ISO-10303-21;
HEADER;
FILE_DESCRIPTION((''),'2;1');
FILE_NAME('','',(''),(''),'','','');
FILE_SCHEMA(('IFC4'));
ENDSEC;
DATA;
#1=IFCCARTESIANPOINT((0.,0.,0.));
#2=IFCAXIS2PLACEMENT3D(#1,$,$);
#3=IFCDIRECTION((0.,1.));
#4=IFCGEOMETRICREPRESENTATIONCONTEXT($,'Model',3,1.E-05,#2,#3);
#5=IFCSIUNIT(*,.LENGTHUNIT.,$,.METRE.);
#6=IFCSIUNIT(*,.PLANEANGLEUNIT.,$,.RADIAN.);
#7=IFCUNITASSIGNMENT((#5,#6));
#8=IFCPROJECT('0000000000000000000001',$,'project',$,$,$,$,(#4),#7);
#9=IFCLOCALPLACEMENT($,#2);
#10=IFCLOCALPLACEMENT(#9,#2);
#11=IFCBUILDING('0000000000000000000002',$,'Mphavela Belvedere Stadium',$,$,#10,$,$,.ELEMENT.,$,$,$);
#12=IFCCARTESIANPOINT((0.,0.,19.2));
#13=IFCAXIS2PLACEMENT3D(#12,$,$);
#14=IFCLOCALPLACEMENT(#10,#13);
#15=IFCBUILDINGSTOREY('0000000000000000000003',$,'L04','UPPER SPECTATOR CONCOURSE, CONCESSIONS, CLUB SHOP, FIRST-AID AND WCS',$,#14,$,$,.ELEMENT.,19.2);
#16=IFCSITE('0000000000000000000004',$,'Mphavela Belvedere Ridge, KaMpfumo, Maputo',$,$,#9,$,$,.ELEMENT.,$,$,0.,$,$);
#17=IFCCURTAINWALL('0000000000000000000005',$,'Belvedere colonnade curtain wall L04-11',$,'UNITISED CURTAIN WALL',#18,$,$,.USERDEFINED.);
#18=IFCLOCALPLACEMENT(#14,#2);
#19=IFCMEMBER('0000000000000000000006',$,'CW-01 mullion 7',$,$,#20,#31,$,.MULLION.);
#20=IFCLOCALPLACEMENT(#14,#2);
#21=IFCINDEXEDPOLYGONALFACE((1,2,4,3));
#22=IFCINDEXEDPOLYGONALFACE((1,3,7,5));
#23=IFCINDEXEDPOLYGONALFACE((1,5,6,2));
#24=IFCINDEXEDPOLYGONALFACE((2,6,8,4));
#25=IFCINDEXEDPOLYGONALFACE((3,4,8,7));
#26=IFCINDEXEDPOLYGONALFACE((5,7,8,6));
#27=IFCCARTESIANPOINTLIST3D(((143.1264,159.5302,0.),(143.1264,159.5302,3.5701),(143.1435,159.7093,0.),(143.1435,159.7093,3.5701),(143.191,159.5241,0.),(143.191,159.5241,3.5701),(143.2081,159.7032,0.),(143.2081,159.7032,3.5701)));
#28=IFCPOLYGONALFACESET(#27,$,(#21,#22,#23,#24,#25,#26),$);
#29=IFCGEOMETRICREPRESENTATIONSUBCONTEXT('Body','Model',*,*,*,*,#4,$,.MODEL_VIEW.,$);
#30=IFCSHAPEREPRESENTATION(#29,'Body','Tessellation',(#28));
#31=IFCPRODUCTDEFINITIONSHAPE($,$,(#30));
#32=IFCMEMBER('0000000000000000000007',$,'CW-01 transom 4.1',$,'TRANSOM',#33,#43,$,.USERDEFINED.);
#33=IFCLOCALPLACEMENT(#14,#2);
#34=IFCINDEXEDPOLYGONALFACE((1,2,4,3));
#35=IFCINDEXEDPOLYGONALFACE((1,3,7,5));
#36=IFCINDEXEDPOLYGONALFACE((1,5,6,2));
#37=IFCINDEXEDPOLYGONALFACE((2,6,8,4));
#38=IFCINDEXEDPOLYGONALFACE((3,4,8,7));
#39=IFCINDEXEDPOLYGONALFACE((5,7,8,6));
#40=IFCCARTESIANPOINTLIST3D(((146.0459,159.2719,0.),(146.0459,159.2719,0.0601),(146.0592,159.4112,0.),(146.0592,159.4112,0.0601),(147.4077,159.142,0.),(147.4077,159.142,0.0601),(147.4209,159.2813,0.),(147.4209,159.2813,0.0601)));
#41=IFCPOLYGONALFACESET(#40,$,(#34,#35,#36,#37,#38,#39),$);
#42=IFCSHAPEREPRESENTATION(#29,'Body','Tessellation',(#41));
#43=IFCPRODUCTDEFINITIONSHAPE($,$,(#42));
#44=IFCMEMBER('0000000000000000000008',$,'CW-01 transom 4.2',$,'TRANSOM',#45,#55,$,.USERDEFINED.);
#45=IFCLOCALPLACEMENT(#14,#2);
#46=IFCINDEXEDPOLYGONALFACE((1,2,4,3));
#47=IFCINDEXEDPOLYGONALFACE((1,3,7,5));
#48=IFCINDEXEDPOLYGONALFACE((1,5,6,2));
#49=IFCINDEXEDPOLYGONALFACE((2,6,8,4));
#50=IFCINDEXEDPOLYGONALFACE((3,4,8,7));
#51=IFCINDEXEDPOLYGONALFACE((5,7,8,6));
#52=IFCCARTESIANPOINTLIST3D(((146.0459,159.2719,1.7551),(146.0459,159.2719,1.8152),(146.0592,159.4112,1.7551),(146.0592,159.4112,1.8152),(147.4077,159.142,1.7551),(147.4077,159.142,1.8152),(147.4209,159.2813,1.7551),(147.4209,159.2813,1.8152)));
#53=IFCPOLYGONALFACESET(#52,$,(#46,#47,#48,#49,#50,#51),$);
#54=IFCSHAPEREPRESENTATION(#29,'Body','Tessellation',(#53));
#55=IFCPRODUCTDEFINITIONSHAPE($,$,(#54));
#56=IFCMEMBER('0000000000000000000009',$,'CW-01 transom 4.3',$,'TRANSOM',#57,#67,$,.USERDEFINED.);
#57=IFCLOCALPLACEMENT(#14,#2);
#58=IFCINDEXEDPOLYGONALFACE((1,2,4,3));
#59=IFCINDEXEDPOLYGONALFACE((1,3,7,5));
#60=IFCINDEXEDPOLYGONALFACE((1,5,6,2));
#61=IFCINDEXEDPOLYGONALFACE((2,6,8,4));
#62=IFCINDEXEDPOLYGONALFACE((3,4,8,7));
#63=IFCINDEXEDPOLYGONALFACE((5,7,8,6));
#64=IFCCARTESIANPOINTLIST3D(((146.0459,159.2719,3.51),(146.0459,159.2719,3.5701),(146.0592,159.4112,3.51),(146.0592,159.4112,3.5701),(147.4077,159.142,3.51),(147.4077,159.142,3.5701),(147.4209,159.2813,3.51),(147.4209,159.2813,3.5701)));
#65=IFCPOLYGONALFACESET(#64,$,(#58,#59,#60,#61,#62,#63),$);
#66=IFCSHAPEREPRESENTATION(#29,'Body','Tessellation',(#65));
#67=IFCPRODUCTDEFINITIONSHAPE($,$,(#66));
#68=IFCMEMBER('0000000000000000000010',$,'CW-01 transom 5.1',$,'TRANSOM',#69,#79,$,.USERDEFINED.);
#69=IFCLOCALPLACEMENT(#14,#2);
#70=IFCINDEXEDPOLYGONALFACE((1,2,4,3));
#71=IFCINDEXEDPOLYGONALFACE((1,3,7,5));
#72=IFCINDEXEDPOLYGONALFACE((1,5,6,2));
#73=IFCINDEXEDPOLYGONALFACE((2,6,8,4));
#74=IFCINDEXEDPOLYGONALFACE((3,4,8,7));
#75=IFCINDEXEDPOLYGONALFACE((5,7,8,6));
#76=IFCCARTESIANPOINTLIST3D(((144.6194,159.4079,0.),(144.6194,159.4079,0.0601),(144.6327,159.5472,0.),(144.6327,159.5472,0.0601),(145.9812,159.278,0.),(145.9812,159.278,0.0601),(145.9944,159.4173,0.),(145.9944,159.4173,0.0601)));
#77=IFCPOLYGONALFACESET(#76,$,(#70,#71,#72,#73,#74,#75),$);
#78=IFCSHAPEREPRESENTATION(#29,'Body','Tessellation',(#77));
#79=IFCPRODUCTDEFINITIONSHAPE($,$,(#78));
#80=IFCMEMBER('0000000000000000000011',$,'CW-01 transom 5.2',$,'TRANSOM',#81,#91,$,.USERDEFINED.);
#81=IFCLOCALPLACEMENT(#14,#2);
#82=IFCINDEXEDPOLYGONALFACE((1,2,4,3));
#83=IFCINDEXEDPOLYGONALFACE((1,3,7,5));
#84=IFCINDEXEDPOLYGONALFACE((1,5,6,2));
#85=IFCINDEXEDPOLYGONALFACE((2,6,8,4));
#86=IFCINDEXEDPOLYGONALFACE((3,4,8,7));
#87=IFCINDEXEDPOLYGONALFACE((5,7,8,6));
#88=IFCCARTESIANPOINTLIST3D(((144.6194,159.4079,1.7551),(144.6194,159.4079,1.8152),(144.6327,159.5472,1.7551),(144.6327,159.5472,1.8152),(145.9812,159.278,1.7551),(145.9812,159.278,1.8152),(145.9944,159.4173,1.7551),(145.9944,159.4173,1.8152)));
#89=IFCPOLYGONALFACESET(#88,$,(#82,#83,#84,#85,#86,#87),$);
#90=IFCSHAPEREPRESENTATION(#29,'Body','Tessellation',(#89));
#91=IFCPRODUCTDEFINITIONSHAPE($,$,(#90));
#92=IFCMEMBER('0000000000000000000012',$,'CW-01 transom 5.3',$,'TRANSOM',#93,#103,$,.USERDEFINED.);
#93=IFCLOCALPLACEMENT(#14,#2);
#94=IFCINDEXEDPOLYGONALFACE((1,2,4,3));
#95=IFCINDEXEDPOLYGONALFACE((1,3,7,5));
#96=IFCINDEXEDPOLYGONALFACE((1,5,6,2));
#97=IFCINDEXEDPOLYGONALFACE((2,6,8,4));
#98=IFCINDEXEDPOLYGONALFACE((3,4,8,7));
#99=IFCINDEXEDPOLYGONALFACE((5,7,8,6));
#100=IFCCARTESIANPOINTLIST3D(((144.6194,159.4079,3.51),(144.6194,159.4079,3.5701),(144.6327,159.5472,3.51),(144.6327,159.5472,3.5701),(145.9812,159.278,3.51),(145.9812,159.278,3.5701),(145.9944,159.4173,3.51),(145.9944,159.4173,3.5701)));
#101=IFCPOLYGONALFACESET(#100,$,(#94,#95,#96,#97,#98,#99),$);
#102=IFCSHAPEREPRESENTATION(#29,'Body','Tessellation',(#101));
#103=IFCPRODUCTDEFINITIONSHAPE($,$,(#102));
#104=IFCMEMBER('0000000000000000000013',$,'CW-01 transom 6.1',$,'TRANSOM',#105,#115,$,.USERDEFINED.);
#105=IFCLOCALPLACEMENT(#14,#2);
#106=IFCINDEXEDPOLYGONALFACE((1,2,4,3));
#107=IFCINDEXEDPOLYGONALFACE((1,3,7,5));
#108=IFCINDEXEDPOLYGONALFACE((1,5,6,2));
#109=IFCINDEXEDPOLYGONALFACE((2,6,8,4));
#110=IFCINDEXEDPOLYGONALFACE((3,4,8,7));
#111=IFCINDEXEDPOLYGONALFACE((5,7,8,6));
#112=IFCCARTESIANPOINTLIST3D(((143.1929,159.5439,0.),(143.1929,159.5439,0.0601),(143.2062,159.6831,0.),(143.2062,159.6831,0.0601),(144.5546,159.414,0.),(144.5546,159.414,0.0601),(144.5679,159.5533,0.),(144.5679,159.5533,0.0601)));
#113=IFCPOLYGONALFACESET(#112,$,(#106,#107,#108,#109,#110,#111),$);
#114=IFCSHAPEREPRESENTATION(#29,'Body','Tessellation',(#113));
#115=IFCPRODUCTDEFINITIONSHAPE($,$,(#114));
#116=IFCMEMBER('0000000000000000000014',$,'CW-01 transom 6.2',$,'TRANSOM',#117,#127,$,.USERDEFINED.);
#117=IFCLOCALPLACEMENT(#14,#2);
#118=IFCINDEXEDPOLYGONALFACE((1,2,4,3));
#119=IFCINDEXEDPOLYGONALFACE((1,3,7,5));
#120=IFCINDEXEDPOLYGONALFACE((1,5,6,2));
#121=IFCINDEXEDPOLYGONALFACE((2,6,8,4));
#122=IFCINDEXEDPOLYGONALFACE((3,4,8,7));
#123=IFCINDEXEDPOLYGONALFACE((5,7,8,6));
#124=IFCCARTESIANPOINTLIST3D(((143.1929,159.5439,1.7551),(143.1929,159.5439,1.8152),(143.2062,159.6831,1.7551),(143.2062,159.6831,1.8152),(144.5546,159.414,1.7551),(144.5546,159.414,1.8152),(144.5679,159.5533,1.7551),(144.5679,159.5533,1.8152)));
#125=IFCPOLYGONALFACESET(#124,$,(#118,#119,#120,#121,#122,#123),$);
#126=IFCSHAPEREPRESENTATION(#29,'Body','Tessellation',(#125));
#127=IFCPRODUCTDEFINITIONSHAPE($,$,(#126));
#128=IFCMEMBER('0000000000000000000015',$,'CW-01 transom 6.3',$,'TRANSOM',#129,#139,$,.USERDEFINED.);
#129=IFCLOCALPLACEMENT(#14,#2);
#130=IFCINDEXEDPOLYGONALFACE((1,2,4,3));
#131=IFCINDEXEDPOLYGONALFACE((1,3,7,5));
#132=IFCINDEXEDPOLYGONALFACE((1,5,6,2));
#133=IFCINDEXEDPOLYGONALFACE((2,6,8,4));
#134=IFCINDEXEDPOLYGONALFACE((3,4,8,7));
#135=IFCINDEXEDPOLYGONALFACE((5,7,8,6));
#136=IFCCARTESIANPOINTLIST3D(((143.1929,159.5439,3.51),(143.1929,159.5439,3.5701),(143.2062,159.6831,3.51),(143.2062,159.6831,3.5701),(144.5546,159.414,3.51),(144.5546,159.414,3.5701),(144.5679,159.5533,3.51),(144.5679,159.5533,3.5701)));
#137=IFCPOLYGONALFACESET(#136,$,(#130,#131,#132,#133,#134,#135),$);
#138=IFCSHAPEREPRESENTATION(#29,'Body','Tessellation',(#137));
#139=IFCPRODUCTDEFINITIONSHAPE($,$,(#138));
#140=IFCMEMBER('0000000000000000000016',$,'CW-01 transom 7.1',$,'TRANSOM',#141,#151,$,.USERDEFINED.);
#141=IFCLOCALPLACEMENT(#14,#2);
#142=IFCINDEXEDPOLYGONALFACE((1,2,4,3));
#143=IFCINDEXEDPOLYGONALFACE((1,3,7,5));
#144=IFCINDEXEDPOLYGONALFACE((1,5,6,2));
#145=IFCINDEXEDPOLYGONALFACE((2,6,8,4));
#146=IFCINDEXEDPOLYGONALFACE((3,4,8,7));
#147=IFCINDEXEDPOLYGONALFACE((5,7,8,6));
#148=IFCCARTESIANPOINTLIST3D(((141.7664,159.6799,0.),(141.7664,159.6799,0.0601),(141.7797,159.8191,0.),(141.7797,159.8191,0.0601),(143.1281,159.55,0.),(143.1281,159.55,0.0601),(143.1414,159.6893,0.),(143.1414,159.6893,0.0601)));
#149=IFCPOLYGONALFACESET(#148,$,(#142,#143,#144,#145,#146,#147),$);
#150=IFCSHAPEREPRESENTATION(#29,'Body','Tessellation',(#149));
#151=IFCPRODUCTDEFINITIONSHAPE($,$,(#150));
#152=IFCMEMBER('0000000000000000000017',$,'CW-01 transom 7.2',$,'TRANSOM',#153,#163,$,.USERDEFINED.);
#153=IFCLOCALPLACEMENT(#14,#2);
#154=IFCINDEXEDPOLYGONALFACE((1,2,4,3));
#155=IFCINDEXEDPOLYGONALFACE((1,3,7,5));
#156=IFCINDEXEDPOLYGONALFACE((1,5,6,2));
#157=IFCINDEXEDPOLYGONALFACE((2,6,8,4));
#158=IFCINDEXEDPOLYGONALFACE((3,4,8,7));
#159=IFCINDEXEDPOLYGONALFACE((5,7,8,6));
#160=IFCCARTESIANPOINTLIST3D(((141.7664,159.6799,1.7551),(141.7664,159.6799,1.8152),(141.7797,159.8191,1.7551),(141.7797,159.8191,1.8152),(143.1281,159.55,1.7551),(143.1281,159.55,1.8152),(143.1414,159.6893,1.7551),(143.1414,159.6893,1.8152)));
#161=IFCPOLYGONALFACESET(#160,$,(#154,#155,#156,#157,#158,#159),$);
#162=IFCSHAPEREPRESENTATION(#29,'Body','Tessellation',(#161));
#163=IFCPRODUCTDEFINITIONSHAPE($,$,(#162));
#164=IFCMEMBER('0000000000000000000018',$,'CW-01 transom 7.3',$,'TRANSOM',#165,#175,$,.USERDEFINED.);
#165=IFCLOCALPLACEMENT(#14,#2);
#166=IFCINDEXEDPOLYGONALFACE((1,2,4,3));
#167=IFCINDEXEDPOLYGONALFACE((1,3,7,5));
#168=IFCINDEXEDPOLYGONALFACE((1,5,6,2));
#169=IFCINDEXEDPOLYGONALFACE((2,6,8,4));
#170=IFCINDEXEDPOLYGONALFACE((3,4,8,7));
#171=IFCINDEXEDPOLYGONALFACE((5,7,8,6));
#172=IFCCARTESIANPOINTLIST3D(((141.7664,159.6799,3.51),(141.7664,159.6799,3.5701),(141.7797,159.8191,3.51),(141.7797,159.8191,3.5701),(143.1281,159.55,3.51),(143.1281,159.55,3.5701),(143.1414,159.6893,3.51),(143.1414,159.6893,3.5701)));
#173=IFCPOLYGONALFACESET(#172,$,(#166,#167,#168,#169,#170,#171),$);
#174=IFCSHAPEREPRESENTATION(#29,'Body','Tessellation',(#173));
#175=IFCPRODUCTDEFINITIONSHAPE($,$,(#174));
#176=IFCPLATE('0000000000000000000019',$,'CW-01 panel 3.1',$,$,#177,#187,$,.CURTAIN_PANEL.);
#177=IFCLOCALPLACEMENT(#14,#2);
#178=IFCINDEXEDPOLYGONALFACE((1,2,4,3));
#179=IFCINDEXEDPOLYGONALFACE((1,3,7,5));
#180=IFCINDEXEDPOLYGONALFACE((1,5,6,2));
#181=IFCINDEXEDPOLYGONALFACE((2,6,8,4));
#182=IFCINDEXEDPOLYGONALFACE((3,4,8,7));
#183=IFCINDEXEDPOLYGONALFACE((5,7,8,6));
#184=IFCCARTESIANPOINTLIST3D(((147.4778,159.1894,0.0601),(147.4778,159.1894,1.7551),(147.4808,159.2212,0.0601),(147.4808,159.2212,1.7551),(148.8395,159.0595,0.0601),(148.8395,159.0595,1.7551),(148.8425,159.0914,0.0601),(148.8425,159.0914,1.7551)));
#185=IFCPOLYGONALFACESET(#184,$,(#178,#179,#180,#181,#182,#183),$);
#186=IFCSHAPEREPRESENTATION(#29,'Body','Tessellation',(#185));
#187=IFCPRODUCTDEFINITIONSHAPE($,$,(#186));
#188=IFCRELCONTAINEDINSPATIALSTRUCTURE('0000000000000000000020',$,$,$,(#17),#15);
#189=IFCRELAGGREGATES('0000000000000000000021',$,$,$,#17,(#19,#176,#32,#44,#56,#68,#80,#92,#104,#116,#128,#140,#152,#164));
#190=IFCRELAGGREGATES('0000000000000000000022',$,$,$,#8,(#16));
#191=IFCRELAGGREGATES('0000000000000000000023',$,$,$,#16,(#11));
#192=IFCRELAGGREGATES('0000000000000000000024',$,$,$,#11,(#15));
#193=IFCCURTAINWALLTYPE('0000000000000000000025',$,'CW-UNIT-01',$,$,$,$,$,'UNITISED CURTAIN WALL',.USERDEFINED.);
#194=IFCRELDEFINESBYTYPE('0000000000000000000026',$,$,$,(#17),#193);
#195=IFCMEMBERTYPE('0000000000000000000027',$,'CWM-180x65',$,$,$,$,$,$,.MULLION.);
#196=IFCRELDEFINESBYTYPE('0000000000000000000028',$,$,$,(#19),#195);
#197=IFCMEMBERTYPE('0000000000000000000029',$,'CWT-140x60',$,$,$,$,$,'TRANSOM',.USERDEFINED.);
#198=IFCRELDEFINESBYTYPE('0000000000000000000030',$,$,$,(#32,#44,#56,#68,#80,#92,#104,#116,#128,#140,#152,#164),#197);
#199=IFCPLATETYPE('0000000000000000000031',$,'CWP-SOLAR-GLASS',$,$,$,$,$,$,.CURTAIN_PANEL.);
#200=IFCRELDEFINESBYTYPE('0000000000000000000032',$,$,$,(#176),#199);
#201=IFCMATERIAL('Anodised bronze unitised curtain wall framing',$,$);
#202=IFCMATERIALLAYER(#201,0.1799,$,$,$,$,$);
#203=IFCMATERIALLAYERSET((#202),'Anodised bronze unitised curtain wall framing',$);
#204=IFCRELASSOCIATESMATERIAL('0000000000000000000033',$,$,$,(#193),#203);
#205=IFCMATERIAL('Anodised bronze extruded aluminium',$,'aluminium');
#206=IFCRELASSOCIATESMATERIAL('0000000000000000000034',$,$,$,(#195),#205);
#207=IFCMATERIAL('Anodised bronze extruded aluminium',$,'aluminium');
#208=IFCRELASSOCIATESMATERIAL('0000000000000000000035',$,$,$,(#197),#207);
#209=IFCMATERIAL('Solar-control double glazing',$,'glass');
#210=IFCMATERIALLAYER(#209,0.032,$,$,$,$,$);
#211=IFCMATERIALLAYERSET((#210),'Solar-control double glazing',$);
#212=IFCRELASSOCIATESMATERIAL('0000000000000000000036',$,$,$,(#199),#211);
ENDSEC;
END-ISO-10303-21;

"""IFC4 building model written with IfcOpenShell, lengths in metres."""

from ifc_helpers import new_model, si_unit, direction, frame, origin, origin_2d, place, context, subcontext, project, spatial, rectangle, extrude, material, layer, layer_set, material_profile, profile_set, type_object, element, aggregate, save


model = new_model("IFC4")

# Units and contexts
model_context = context("Model", 3, precision=1e-05, world=origin(), true_north=direction((0.0, 1.0)))
body_context = subcontext(model_context, "Body", "Model", "MODEL_VIEW")
ifc_project = project(units=[si_unit("LENGTHUNIT", "METRE"), si_unit("PLANEANGLEUNIT", "RADIAN")], contexts=[model_context])

# Site, building, storey
site_placement = place(None, origin())
site = spatial("IfcSite", under=ifc_project, at=site_placement, Name="Mphavela Belvedere Ridge, KaMpfumo, Maputo", CompositionType="ELEMENT", RefElevation=0.0)
building_placement = place(site_placement, origin())
building = spatial("IfcBuilding", under=site, at=building_placement, Name="Mphavela Belvedere Stadium", CompositionType="ELEMENT")
storey_placement = place(building_placement, frame((0.0, 0.0, 19.2)))
storey = spatial("IfcBuildingStorey", under=building, at=storey_placement, Name="L04", Description="UPPER SPECTATOR CONCOURSE, CONCESSIONS, CLUB SHOP, FIRST-AID AND WCS", CompositionType="ELEMENT", Elevation=19.2)

# Curtain wall, members, plate
ifc_material_1 = material(Name="Anodised bronze unitised curtain wall framing")
ifc_layer_1 = layer(ifc_material_1, 0.1799)
ifc_layer_set_1 = layer_set([ifc_layer_1], Name="Anodised bronze unitised curtain wall framing")
curtain_wall_type = type_object("IfcCurtainWallType", Name="CW-UNIT-01", ElementType="UNITISED CURTAIN WALL", PredefinedType="USERDEFINED", material=ifc_layer_set_1)
curtain_wall_placement = place(storey_placement, origin())
curtain_wall = element("IfcCurtainWall", 1, at=curtain_wall_placement, inside=storey, type_object=curtain_wall_type, Name="Belvedere colonnade curtain wall L04-11", ObjectType="UNITISED CURTAIN WALL", PredefinedType="USERDEFINED")
ifc_material_2 = material(Name="Anodised bronze extruded aluminium", Category="aluminium")
ifc_material_profile_1 = material_profile(ifc_material_2, rectangle(XDim=0.1799, YDim=0.0649, at=origin_2d()), Name="CW-MUL 180x65")
ifc_profile_set_1 = profile_set([ifc_material_profile_1], Name="Anodised bronze extruded aluminium")
member_type_1 = type_object("IfcMemberType", Name="CWM-180x65", PredefinedType="MULLION", material=ifc_profile_set_1)
member_1_placement = place(storey_placement, frame((143.1672, 159.6167, 0.0), z_axis=(0.0, 0.0, 1.0), x_axis=(-0.094933, -0.995484, 0.0)))
member_1 = element("IfcMember", 2, at=member_1_placement, type_object=member_type_1, Name="CW-01 mullion 7", PredefinedType="MULLION", context=body_context, shape_type="SweptSolid", body=[
    extrude(rectangle(XDim=0.1799, YDim=0.0649, at=origin_2d()), origin(), (0.0, 0.0, 1.0), 3.5701),
])
ifc_material_3 = material(Name="Anodised bronze extruded aluminium", Category="aluminium")
ifc_material_profile_2 = material_profile(ifc_material_3, rectangle(XDim=0.1399, YDim=0.0601, at=origin_2d()), Name="CW-TRN 140x60")
ifc_profile_set_2 = profile_set([ifc_material_profile_2], Name="Anodised bronze extruded aluminium")
member_type_2 = type_object("IfcMemberType", Name="CWT-140x60", ElementType="TRANSOM", PredefinedType="USERDEFINED", material=ifc_profile_set_2)
member_2_placement = place(storey_placement, frame((147.4143, 159.2117, 0.03), z_axis=(-0.995483, 0.094944, 0.0), x_axis=(-0.094944, -0.995483, 0.0)))
member_2 = element("IfcMember", 3, at=member_2_placement, type_object=member_type_2, Name="CW-01 transom 4.1", ObjectType="TRANSOM", PredefinedType="USERDEFINED", context=body_context, shape_type="SweptSolid", body=[
    extrude(rectangle(XDim=0.1399, YDim=0.0601, at=origin_2d()), origin(), (0.0, 0.0, 1.0), 1.3679),
])
member_3_placement = place(storey_placement, frame((147.4143, 159.2117, 1.7852), z_axis=(-0.995483, 0.094944, 0.0), x_axis=(-0.094944, -0.995483, 0.0)))
member_3 = element("IfcMember", 4, at=member_3_placement, type_object=member_type_2, Name="CW-01 transom 4.2", ObjectType="TRANSOM", PredefinedType="USERDEFINED", context=body_context, shape_type="SweptSolid", body=[
    extrude(rectangle(XDim=0.1399, YDim=0.0601, at=origin_2d()), origin(), (0.0, 0.0, 1.0), 1.3679),
])
member_4_placement = place(storey_placement, frame((147.4143, 159.2117, 3.54), z_axis=(-0.995483, 0.094944, 0.0), x_axis=(-0.094944, -0.995483, 0.0)))
member_4 = element("IfcMember", 5, at=member_4_placement, type_object=member_type_2, Name="CW-01 transom 4.3", ObjectType="TRANSOM", PredefinedType="USERDEFINED", context=body_context, shape_type="SweptSolid", body=[
    extrude(rectangle(XDim=0.1399, YDim=0.0601, at=origin_2d()), origin(), (0.0, 0.0, 1.0), 1.3679),
])
member_5_placement = place(storey_placement, frame((145.9878, 159.3477, 0.03), z_axis=(-0.995483, 0.094944, 0.0), x_axis=(-0.094944, -0.995483, 0.0)))
member_5 = element("IfcMember", 6, at=member_5_placement, type_object=member_type_2, Name="CW-01 transom 5.1", ObjectType="TRANSOM", PredefinedType="USERDEFINED", context=body_context, shape_type="SweptSolid", body=[
    extrude(rectangle(XDim=0.1399, YDim=0.0601, at=origin_2d()), origin(), (0.0, 0.0, 1.0), 1.3679),
])
member_6_placement = place(storey_placement, frame((145.9878, 159.3477, 1.7852), z_axis=(-0.995483, 0.094944, 0.0), x_axis=(-0.094944, -0.995483, 0.0)))
member_6 = element("IfcMember", 7, at=member_6_placement, type_object=member_type_2, Name="CW-01 transom 5.2", ObjectType="TRANSOM", PredefinedType="USERDEFINED", context=body_context, shape_type="SweptSolid", body=[
    extrude(rectangle(XDim=0.1399, YDim=0.0601, at=origin_2d()), origin(), (0.0, 0.0, 1.0), 1.3679),
])
member_7_placement = place(storey_placement, frame((145.9878, 159.3477, 3.54), z_axis=(-0.995483, 0.094944, 0.0), x_axis=(-0.094944, -0.995483, 0.0)))
member_7 = element("IfcMember", 8, at=member_7_placement, type_object=member_type_2, Name="CW-01 transom 5.3", ObjectType="TRANSOM", PredefinedType="USERDEFINED", context=body_context, shape_type="SweptSolid", body=[
    extrude(rectangle(XDim=0.1399, YDim=0.0601, at=origin_2d()), origin(), (0.0, 0.0, 1.0), 1.3679),
])
member_8_placement = place(storey_placement, frame((144.5613, 159.4836, 0.03), z_axis=(-0.995483, 0.094944, 0.0), x_axis=(-0.094944, -0.995483, 0.0)))
member_8 = element("IfcMember", 9, at=member_8_placement, type_object=member_type_2, Name="CW-01 transom 6.1", ObjectType="TRANSOM", PredefinedType="USERDEFINED", context=body_context, shape_type="SweptSolid", body=[
    extrude(rectangle(XDim=0.1399, YDim=0.0601, at=origin_2d()), origin(), (0.0, 0.0, 1.0), 1.3679),
])
member_9_placement = place(storey_placement, frame((144.5613, 159.4836, 1.7852), z_axis=(-0.995483, 0.094944, 0.0), x_axis=(-0.094944, -0.995483, 0.0)))
member_9 = element("IfcMember", 10, at=member_9_placement, type_object=member_type_2, Name="CW-01 transom 6.2", ObjectType="TRANSOM", PredefinedType="USERDEFINED", context=body_context, shape_type="SweptSolid", body=[
    extrude(rectangle(XDim=0.1399, YDim=0.0601, at=origin_2d()), origin(), (0.0, 0.0, 1.0), 1.3679),
])
member_10_placement = place(storey_placement, frame((144.5613, 159.4836, 3.54), z_axis=(-0.995483, 0.094944, 0.0), x_axis=(-0.094944, -0.995483, 0.0)))
member_10 = element("IfcMember", 11, at=member_10_placement, type_object=member_type_2, Name="CW-01 transom 6.3", ObjectType="TRANSOM", PredefinedType="USERDEFINED", context=body_context, shape_type="SweptSolid", body=[
    extrude(rectangle(XDim=0.1399, YDim=0.0601, at=origin_2d()), origin(), (0.0, 0.0, 1.0), 1.3679),
])
member_11_placement = place(storey_placement, frame((143.1348, 159.6196, 0.03), z_axis=(-0.995483, 0.094944, 0.0), x_axis=(-0.094944, -0.995483, 0.0)))
member_11 = element("IfcMember", 12, at=member_11_placement, type_object=member_type_2, Name="CW-01 transom 7.1", ObjectType="TRANSOM", PredefinedType="USERDEFINED", context=body_context, shape_type="SweptSolid", body=[
    extrude(rectangle(XDim=0.1399, YDim=0.0601, at=origin_2d()), origin(), (0.0, 0.0, 1.0), 1.3679),
])
member_12_placement = place(storey_placement, frame((143.1348, 159.6196, 1.7852), z_axis=(-0.995483, 0.094944, 0.0), x_axis=(-0.094944, -0.995483, 0.0)))
member_12 = element("IfcMember", 13, at=member_12_placement, type_object=member_type_2, Name="CW-01 transom 7.2", ObjectType="TRANSOM", PredefinedType="USERDEFINED", context=body_context, shape_type="SweptSolid", body=[
    extrude(rectangle(XDim=0.1399, YDim=0.0601, at=origin_2d()), origin(), (0.0, 0.0, 1.0), 1.3679),
])
member_13_placement = place(storey_placement, frame((143.1348, 159.6196, 3.54), z_axis=(-0.995483, 0.094944, 0.0), x_axis=(-0.094944, -0.995483, 0.0)))
member_13 = element("IfcMember", 14, at=member_13_placement, type_object=member_type_2, Name="CW-01 transom 7.3", ObjectType="TRANSOM", PredefinedType="USERDEFINED", context=body_context, shape_type="SweptSolid", body=[
    extrude(rectangle(XDim=0.1399, YDim=0.0601, at=origin_2d()), origin(), (0.0, 0.0, 1.0), 1.3679),
])
ifc_material_4 = material(Name="Solar-control double glazing", Category="glass")
ifc_layer_2 = layer(ifc_material_4, 0.032)
ifc_layer_set_2 = layer_set([ifc_layer_2], Name="Solar-control double glazing")
plate_type = type_object("IfcPlateType", Name="CWP-SOLAR-GLASS", PredefinedType="CURTAIN_PANEL", material=ifc_layer_set_2)
plate_1_placement = place(storey_placement, frame((148.1602, 159.1404, 0.0601), z_axis=(0.0, 0.0, 1.0), x_axis=(-0.995484, 0.094933, 0.0)))
plate_1 = element("IfcPlate", 15, at=plate_1_placement, type_object=plate_type, Name="CW-01 panel 3.1", PredefinedType="CURTAIN_PANEL", context=body_context, shape_type="SweptSolid", body=[
    extrude(rectangle(XDim=1.3679, YDim=0.032, at=origin_2d()), origin(), (0.0, 0.0, 1.0), 1.6951),
])
aggregate(curtain_wall, [member_1, plate_1, member_2, member_3, member_4, member_5, member_6, member_7, member_8, member_9, member_10, member_11, member_12, member_13])

save(model, "model.ifc")
